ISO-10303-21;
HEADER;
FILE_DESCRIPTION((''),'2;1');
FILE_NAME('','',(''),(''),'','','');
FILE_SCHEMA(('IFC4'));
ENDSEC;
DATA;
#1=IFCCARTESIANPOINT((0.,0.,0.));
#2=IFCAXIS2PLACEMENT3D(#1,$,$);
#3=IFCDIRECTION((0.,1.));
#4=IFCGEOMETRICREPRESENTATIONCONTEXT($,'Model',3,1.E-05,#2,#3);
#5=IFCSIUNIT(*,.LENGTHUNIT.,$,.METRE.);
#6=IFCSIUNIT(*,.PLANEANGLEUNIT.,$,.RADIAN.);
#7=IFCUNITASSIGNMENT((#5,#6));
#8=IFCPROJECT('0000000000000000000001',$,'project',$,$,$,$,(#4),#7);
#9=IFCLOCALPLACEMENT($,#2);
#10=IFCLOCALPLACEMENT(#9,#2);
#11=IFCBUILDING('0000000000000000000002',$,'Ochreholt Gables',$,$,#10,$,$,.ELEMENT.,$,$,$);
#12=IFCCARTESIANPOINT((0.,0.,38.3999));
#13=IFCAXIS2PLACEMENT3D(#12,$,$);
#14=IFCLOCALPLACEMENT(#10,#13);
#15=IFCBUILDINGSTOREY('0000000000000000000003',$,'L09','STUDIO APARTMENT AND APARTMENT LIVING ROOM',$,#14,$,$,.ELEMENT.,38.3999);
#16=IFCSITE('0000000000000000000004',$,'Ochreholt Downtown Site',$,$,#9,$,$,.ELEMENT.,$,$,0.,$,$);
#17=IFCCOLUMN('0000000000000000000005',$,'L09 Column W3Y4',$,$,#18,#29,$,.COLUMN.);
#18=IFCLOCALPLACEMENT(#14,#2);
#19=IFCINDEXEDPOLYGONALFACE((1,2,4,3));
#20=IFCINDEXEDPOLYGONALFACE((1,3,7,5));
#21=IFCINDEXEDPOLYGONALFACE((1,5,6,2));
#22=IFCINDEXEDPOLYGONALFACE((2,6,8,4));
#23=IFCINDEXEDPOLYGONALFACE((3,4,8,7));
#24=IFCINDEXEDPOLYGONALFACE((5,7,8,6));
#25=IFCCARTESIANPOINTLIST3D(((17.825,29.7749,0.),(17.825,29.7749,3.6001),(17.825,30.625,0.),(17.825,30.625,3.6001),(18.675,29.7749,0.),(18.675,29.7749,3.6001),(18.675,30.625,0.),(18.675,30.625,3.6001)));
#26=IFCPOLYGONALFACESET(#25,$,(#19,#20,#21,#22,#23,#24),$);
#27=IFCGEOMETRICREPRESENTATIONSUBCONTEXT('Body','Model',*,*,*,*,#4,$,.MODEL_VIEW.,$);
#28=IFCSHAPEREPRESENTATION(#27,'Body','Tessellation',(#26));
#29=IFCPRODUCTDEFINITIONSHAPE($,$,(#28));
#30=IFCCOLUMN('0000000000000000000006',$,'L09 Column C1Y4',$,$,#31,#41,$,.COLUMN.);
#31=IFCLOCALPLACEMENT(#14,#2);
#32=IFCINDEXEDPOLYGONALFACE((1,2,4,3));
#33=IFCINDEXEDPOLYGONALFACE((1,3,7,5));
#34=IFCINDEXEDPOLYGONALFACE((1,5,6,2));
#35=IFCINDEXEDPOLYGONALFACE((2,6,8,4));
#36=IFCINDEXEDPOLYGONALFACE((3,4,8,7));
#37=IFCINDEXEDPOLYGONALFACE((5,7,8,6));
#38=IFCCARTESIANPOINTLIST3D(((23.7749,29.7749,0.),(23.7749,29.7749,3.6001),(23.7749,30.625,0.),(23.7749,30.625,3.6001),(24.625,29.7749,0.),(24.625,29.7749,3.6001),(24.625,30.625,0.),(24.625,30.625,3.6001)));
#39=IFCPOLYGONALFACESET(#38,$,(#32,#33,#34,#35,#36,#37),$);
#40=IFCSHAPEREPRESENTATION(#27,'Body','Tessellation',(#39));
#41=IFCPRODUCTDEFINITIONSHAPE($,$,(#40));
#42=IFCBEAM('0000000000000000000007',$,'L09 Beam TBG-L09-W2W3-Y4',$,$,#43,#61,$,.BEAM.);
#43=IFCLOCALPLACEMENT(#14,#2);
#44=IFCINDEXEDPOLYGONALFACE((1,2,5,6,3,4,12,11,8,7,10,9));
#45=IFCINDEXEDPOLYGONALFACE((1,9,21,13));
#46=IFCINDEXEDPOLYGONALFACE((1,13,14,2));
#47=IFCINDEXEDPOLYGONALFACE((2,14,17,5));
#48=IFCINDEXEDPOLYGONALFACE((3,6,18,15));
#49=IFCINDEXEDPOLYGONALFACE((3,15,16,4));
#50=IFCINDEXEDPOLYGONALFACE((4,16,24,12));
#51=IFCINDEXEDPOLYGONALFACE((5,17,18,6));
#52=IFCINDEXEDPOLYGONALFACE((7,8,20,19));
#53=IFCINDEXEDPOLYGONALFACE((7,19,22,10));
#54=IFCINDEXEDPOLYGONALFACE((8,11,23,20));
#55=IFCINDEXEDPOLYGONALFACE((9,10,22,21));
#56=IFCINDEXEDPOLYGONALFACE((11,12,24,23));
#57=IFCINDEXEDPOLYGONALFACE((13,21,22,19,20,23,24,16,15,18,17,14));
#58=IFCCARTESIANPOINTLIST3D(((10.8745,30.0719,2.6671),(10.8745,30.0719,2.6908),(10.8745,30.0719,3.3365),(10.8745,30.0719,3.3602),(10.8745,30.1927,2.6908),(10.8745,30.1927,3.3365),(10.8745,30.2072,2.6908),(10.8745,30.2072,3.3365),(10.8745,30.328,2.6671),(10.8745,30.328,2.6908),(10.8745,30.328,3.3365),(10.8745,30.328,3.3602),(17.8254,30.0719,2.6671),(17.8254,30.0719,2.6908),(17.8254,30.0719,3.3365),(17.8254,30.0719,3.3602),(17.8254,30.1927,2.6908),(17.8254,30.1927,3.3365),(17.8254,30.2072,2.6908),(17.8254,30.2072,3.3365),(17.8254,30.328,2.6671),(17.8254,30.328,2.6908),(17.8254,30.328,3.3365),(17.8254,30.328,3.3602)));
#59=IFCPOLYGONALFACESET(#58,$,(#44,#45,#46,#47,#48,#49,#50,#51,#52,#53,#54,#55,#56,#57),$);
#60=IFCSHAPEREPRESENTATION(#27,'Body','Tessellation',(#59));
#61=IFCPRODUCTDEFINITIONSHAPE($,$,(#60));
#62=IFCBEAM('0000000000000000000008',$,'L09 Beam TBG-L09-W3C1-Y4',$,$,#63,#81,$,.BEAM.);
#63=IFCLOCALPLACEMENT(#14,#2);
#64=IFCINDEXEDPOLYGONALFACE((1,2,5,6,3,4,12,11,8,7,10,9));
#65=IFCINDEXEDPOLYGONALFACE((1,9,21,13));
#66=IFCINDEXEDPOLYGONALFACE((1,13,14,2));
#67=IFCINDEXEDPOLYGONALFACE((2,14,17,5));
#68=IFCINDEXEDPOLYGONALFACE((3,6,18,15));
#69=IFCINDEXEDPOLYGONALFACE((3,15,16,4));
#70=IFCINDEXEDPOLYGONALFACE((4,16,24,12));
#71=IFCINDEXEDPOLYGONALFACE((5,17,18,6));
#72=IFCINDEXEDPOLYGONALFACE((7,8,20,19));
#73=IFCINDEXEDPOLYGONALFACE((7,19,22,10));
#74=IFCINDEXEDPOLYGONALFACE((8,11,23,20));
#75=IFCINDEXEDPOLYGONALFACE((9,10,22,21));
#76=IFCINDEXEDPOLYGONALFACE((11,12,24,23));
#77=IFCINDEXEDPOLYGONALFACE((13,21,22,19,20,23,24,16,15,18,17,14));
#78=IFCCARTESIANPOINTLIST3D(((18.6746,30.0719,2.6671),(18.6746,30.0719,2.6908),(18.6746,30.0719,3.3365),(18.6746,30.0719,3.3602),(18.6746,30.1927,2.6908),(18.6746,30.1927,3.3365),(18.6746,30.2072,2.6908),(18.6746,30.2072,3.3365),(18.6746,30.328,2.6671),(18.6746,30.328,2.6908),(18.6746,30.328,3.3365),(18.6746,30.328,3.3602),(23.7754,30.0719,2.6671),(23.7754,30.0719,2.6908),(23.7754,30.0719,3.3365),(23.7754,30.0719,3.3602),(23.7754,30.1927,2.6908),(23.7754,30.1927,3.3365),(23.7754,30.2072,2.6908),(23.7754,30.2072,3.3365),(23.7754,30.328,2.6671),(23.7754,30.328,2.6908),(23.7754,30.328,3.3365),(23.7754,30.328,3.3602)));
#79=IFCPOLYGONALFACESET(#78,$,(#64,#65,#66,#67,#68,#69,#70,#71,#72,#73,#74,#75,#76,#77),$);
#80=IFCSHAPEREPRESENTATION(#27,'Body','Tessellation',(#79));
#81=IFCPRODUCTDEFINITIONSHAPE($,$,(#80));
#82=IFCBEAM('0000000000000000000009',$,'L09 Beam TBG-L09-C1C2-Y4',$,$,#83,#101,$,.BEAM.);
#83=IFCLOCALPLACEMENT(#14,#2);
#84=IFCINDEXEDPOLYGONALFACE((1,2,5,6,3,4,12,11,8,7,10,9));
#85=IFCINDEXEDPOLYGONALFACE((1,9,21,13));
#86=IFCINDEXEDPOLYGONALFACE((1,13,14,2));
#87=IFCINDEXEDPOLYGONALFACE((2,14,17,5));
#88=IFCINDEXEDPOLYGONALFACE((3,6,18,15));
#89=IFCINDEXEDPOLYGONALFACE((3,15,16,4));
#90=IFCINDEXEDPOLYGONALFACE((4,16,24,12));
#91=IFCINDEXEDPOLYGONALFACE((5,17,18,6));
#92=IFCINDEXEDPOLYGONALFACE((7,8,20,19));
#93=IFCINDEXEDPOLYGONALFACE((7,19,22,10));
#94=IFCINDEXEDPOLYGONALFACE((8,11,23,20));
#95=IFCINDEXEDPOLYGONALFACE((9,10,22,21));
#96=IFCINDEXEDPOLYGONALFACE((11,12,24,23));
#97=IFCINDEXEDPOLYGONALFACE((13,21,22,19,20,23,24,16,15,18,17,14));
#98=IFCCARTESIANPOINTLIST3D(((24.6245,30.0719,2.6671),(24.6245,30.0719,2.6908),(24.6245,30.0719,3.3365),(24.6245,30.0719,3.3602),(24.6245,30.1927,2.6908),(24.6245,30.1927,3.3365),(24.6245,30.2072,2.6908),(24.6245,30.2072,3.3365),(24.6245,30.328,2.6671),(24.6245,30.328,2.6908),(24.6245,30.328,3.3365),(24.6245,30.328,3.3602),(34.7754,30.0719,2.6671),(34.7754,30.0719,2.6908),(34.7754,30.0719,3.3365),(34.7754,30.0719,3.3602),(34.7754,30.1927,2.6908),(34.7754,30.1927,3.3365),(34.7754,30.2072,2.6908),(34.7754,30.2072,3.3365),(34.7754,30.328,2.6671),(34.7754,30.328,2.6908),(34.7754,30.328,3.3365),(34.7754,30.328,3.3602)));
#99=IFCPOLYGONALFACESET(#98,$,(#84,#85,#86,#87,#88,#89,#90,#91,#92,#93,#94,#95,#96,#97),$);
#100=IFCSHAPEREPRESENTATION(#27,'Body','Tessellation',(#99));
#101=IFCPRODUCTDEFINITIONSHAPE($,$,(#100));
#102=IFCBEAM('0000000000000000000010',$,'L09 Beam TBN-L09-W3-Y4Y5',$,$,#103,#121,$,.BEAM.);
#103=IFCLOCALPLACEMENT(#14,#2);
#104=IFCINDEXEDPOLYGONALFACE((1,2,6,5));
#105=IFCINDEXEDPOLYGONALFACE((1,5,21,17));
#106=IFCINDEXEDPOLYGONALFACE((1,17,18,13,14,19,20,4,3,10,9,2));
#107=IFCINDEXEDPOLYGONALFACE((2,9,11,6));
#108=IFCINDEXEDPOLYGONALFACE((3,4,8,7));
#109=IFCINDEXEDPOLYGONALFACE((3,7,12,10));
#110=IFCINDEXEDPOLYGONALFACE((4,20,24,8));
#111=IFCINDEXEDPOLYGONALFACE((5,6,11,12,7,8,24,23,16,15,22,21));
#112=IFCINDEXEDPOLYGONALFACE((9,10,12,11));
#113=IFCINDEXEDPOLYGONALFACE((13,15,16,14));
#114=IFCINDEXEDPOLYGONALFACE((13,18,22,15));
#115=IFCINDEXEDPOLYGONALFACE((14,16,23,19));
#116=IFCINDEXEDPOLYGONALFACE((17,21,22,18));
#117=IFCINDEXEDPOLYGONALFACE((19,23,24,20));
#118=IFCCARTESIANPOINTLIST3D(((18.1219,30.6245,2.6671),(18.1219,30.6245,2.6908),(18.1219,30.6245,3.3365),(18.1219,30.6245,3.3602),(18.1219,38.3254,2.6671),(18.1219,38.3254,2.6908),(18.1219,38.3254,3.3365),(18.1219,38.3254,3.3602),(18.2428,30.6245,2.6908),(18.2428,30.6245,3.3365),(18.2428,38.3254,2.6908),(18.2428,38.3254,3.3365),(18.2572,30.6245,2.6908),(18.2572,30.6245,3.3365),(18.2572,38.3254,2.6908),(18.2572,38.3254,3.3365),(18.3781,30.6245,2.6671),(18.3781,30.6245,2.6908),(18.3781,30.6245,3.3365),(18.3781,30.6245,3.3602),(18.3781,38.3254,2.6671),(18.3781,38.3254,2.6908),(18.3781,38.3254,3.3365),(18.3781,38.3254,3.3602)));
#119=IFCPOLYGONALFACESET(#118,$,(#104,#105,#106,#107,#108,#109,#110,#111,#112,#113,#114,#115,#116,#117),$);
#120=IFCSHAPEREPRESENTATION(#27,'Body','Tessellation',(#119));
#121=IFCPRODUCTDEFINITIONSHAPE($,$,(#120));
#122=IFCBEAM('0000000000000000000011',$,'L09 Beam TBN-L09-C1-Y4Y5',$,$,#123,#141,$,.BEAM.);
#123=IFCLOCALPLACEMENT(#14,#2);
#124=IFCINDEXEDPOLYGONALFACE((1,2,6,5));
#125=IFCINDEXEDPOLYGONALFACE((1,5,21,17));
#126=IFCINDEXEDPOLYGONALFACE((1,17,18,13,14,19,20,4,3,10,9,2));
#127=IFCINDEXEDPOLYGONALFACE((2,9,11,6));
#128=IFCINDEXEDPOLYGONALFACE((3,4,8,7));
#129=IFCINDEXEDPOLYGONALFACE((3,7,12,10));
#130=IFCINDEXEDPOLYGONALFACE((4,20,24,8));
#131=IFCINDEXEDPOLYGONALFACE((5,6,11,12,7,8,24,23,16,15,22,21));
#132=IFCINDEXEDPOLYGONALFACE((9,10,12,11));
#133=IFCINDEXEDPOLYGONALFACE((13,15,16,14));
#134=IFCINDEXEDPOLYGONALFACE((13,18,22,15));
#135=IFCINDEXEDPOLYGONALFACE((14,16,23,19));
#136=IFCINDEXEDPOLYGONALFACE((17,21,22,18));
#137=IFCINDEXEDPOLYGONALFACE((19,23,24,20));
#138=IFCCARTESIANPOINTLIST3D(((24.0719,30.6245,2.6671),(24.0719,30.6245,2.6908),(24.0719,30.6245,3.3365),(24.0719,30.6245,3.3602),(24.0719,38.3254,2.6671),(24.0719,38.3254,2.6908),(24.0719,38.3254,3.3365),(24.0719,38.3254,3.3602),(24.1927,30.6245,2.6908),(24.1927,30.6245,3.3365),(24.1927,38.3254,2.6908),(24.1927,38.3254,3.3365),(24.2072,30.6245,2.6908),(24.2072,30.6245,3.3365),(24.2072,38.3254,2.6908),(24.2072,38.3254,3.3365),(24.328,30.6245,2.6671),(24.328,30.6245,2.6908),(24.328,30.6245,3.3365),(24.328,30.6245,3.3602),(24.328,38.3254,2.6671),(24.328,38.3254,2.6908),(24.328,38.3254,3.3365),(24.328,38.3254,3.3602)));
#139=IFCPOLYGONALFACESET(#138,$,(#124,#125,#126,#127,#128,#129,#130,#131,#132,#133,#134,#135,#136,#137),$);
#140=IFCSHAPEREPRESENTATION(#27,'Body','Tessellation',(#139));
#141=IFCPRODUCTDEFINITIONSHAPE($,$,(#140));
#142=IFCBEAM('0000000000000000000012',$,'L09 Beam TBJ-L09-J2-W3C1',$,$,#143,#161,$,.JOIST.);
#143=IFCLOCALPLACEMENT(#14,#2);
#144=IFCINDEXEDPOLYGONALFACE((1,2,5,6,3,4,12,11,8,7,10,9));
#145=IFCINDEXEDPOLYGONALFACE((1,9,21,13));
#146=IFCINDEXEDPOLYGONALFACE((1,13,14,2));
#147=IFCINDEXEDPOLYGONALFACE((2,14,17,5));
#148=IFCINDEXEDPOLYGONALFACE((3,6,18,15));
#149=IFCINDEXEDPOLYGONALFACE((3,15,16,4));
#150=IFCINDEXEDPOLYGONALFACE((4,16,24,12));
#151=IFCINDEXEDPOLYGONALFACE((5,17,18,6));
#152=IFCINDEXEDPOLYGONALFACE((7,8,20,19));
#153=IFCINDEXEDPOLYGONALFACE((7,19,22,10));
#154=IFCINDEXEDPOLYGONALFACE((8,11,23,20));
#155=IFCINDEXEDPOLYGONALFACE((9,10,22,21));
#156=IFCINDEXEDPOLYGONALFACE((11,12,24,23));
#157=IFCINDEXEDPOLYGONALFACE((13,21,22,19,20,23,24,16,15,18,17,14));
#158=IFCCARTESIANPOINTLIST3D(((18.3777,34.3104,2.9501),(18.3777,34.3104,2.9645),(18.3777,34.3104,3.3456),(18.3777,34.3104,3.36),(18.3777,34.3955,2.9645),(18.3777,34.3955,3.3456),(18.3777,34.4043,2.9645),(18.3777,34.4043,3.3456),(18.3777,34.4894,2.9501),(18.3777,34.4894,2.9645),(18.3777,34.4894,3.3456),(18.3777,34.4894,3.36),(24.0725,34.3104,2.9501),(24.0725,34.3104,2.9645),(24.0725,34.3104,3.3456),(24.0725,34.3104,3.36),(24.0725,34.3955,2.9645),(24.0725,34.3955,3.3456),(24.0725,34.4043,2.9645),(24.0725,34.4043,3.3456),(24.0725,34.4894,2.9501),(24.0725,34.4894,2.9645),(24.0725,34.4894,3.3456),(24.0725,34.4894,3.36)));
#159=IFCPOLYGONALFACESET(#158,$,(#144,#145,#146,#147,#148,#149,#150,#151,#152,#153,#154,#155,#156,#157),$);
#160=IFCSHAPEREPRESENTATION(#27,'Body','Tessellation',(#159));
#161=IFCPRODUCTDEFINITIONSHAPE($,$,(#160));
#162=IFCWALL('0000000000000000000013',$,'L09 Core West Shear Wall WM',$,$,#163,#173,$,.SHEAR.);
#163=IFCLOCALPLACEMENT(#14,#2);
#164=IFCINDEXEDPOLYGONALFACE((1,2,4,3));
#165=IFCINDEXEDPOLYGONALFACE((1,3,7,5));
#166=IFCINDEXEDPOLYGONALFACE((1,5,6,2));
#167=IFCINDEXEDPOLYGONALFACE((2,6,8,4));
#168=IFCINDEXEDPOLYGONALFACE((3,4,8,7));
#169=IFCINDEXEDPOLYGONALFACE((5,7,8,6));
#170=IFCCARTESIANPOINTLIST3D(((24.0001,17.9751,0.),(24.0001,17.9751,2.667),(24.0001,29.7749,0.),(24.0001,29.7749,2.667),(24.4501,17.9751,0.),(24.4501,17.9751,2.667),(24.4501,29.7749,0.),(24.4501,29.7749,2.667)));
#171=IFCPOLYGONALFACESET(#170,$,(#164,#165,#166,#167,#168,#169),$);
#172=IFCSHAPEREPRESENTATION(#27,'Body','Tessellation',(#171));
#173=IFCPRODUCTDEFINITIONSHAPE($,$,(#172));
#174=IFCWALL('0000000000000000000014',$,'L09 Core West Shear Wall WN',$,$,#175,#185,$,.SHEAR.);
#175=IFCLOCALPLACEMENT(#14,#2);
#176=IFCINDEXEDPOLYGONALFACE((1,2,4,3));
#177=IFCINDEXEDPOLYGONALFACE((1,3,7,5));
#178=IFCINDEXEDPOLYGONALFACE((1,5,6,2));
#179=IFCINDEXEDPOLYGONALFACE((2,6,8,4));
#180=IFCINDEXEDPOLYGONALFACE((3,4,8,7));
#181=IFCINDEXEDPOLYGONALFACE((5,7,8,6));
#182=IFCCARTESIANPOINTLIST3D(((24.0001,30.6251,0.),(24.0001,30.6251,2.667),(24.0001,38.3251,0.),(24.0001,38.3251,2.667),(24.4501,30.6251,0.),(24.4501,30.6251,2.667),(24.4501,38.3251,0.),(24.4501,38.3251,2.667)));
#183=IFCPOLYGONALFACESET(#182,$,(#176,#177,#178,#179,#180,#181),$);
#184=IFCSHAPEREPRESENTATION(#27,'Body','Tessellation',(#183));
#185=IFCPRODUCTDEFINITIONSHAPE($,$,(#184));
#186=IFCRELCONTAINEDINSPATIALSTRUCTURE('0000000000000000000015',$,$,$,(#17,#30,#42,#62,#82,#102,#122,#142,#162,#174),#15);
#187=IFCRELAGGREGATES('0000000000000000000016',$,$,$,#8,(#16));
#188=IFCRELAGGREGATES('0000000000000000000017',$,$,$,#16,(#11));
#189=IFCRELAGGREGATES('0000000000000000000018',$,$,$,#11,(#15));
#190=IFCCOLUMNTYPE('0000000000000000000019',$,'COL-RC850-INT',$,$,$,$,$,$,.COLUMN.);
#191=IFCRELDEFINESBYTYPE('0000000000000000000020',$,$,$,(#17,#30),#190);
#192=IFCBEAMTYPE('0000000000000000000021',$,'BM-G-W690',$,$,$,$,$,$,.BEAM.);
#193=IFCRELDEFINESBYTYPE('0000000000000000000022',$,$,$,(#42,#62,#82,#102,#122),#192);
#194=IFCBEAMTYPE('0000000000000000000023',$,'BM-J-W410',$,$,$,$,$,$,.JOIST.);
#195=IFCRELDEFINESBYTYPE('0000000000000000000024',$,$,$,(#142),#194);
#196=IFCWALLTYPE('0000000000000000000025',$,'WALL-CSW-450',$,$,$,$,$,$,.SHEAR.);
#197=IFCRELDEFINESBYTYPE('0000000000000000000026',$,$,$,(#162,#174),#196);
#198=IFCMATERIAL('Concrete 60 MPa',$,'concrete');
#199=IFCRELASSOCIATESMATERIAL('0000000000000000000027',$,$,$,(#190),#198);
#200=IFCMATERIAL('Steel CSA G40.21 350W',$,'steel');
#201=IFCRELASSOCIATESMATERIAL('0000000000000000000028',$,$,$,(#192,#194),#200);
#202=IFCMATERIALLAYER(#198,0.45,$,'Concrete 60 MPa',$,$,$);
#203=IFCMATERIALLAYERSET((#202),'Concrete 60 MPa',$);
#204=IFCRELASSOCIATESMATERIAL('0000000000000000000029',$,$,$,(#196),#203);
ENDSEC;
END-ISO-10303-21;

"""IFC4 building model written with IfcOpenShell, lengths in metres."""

from ifc_helpers import new_model, si_unit, direction, frame, frame_2d, origin, origin_2d, place, context, subcontext, project, spatial, rectangle, i_section, extrude, material, layer, layer_set, material_profile, profile_set, type_object, element, save


model = new_model("IFC4")

# Units and contexts
model_context = context("Model", 3, precision=1e-05, world=origin(), true_north=direction((0.0, 1.0)))
body_context = subcontext(model_context, "Body", "Model", "MODEL_VIEW")
ifc_project = project(units=[si_unit("LENGTHUNIT", "METRE"), si_unit("PLANEANGLEUNIT", "RADIAN")], contexts=[model_context])

# Site, building, storey
site_placement = place(None, origin())
site = spatial("IfcSite", under=ifc_project, at=site_placement, Name="Ochreholt Downtown Site", CompositionType="ELEMENT", RefElevation=0.0)
building_placement = place(site_placement, origin())
building = spatial("IfcBuilding", under=site, at=building_placement, Name="Ochreholt Gables", CompositionType="ELEMENT")
storey_placement = place(building_placement, frame((0.0, 0.0, 38.3999)))
storey = spatial("IfcBuildingStorey", under=building, at=storey_placement, Name="L09", Description="STUDIO APARTMENT AND APARTMENT LIVING ROOM", CompositionType="ELEMENT", Elevation=38.3999)

# Columns
ifc_material_1 = material(Name="Concrete 60 MPa", Category="concrete")
ifc_material_profile_1 = material_profile(ifc_material_1, rectangle(XDim=0.8501, YDim=0.8501, at=origin_2d()), Name="RC850X850")
ifc_profile_set_1 = profile_set([ifc_material_profile_1], Name="Concrete 60 MPa")
column_type = type_object("IfcColumnType", Name="COL-RC850-INT", PredefinedType="COLUMN", material=ifc_profile_set_1)
for number, where, z_axis, x_axis, name in (
    (1, (18.25, 30.2, 0.0), (0.0, 0.0, 1.0), (1.0, 0.0, 0.0), "L09 Column W3Y4"),
    (2, (24.2, 30.2, 0.0), (0.0, 0.0, 1.0), (1.0, 0.0, 0.0), "L09 Column C1Y4"),
):
    element("IfcColumn", number, at=place(storey_placement, frame(where, z_axis=z_axis, x_axis=x_axis)), inside=storey, type_object=column_type, Name=name, PredefinedType="COLUMN", context=body_context, shape_type="SweptSolid", body=[
        extrude(rectangle(XDim=0.8501, YDim=0.8501, at=origin_2d()), origin(), (0.0, 0.0, 1.0), 3.6001),
    ])

# Beams
ifc_material_2 = material(Name="Steel CSA G40.21 350W", Category="steel")
ifc_material_profile_2 = material_profile(ifc_material_2, i_section(OverallWidth=0.2561, OverallDepth=0.6931, WebThickness=0.0144, FlangeThickness=0.0237, at=origin_2d()), Name="W690X170")
ifc_profile_set_2 = profile_set([ifc_material_profile_2], Name="Steel CSA G40.21 350W")
beam_type_1 = type_object("IfcBeamType", Name="BM-G-W690", PredefinedType="BEAM", material=ifc_profile_set_2)
beam_1_placement = place(storey_placement, frame((10.8745, 30.2, 3.0137), z_axis=(1.0, 0.0, 0.0), x_axis=(0.0, 1.0, 0.0)))
element("IfcBeam", 3, at=beam_1_placement, inside=storey, type_object=beam_type_1, Name="L09 Beam TBG-L09-W2W3-Y4", PredefinedType="BEAM", context=body_context, shape_type="SweptSolid", body=[
    extrude(i_section(OverallWidth=0.2561, OverallDepth=0.6931, WebThickness=0.0144, FlangeThickness=0.0237, at=origin_2d()), origin(), (0.0, 0.0, 1.0), 6.9509),
])
beam_2_placement = place(storey_placement, frame((18.6746, 30.2, 3.0137), z_axis=(1.0, 0.0, 0.0), x_axis=(0.0, 1.0, 0.0)))
element("IfcBeam", 4, at=beam_2_placement, inside=storey, type_object=beam_type_1, Name="L09 Beam TBG-L09-W3C1-Y4", PredefinedType="BEAM", context=body_context, shape_type="SweptSolid", body=[
    extrude(i_section(OverallWidth=0.2561, OverallDepth=0.6931, WebThickness=0.0144, FlangeThickness=0.0237, at=origin_2d()), origin(), (0.0, 0.0, 1.0), 5.1008),
])
beam_3_placement = place(storey_placement, frame((24.6245, 30.2, 3.0137), z_axis=(1.0, 0.0, 0.0), x_axis=(0.0, 1.0, 0.0)))
element("IfcBeam", 5, at=beam_3_placement, inside=storey, type_object=beam_type_1, Name="L09 Beam TBG-L09-C1C2-Y4", PredefinedType="BEAM", context=body_context, shape_type="SweptSolid", body=[
    extrude(i_section(OverallWidth=0.2561, OverallDepth=0.6931, WebThickness=0.0144, FlangeThickness=0.0237, at=origin_2d()), origin(), (0.0, 0.0, 1.0), 10.1509),
])
for number, where, z_axis, x_axis, name in (
    (6, (18.25, 30.6245, 3.0137), (0.0, 1.0, 0.0), (-1.0, 0.0, 0.0), "L09 Beam TBN-L09-W3-Y4Y5"),
    (7, (24.2, 30.6245, 3.0137), (0.0, 1.0, 0.0), (-1.0, 0.0, 0.0), "L09 Beam TBN-L09-C1-Y4Y5"),
):
    element("IfcBeam", number, at=place(storey_placement, frame(where, z_axis=z_axis, x_axis=x_axis)), inside=storey, type_object=beam_type_1, Name=name, PredefinedType="BEAM", context=body_context, shape_type="SweptSolid", body=[
        extrude(i_section(OverallWidth=0.2561, OverallDepth=0.6931, WebThickness=0.0144, FlangeThickness=0.0237, at=origin_2d()), origin(), (0.0, 0.0, 1.0), 7.7009),
    ])
ifc_material_profile_3 = material_profile(ifc_material_2, i_section(OverallWidth=0.179, OverallDepth=0.4099, WebThickness=0.0088, FlangeThickness=0.0144, at=origin_2d()), Name="W410X67")
ifc_profile_set_3 = profile_set([ifc_material_profile_3], Name="Steel CSA G40.21 350W")
beam_type_2 = type_object("IfcBeamType", Name="BM-J-W410", PredefinedType="JOIST", material=ifc_profile_set_3)
beam_4_placement = place(storey_placement, frame((18.3777, 34.3999, 3.155), z_axis=(1.0, 0.0, 0.0), x_axis=(0.0, 1.0, 0.0)))
element("IfcBeam", 8, at=beam_4_placement, inside=storey, type_object=beam_type_2, Name="L09 Beam TBJ-L09-J2-W3C1", PredefinedType="JOIST", context=body_context, shape_type="SweptSolid", body=[
    extrude(i_section(OverallWidth=0.179, OverallDepth=0.4099, WebThickness=0.0088, FlangeThickness=0.0144, at=origin_2d()), origin(), (0.0, 0.0, 1.0), 5.6948),
])

# Walls
ifc_layer_1 = layer(ifc_material_1, 0.45, Name="Concrete 60 MPa")
ifc_layer_set_1 = layer_set([ifc_layer_1], Name="Concrete 60 MPa")
wall_type_1 = type_object("IfcWallType", Name="WALL-CSW-450", PredefinedType="SHEAR", material=ifc_layer_set_1)
wall_1_placement = place(storey_placement, frame((24.2251, 17.9751, 0.0), z_axis=(0.0, 0.0, 1.0), x_axis=(0.0, 1.0, 0.0)))
element("IfcWall", 9, at=wall_1_placement, inside=storey, type_object=wall_type_1, Name="L09 Core West Shear Wall WM", PredefinedType="SHEAR", context=body_context, shape_type="SweptSolid", body=[
    extrude(rectangle(XDim=11.7998, YDim=0.45, at=frame_2d((5.8999, 0.0))), origin(), (0.0, 0.0, 1.0), 2.667),
])
wall_2_placement = place(storey_placement, frame((24.2251, 30.625, 0.0), z_axis=(0.0, 0.0, 1.0), x_axis=(0.0, 1.0, 0.0)))
element("IfcWall", 10, at=wall_2_placement, inside=storey, type_object=wall_type_1, Name="L09 Core West Shear Wall WN", PredefinedType="SHEAR", context=body_context, shape_type="SweptSolid", body=[
    extrude(rectangle(XDim=7.7, YDim=0.45, at=frame_2d((3.8501, 0.0))), origin(), (0.0, 0.0, 1.0), 2.667),
])

save(model, "model.ifc")
